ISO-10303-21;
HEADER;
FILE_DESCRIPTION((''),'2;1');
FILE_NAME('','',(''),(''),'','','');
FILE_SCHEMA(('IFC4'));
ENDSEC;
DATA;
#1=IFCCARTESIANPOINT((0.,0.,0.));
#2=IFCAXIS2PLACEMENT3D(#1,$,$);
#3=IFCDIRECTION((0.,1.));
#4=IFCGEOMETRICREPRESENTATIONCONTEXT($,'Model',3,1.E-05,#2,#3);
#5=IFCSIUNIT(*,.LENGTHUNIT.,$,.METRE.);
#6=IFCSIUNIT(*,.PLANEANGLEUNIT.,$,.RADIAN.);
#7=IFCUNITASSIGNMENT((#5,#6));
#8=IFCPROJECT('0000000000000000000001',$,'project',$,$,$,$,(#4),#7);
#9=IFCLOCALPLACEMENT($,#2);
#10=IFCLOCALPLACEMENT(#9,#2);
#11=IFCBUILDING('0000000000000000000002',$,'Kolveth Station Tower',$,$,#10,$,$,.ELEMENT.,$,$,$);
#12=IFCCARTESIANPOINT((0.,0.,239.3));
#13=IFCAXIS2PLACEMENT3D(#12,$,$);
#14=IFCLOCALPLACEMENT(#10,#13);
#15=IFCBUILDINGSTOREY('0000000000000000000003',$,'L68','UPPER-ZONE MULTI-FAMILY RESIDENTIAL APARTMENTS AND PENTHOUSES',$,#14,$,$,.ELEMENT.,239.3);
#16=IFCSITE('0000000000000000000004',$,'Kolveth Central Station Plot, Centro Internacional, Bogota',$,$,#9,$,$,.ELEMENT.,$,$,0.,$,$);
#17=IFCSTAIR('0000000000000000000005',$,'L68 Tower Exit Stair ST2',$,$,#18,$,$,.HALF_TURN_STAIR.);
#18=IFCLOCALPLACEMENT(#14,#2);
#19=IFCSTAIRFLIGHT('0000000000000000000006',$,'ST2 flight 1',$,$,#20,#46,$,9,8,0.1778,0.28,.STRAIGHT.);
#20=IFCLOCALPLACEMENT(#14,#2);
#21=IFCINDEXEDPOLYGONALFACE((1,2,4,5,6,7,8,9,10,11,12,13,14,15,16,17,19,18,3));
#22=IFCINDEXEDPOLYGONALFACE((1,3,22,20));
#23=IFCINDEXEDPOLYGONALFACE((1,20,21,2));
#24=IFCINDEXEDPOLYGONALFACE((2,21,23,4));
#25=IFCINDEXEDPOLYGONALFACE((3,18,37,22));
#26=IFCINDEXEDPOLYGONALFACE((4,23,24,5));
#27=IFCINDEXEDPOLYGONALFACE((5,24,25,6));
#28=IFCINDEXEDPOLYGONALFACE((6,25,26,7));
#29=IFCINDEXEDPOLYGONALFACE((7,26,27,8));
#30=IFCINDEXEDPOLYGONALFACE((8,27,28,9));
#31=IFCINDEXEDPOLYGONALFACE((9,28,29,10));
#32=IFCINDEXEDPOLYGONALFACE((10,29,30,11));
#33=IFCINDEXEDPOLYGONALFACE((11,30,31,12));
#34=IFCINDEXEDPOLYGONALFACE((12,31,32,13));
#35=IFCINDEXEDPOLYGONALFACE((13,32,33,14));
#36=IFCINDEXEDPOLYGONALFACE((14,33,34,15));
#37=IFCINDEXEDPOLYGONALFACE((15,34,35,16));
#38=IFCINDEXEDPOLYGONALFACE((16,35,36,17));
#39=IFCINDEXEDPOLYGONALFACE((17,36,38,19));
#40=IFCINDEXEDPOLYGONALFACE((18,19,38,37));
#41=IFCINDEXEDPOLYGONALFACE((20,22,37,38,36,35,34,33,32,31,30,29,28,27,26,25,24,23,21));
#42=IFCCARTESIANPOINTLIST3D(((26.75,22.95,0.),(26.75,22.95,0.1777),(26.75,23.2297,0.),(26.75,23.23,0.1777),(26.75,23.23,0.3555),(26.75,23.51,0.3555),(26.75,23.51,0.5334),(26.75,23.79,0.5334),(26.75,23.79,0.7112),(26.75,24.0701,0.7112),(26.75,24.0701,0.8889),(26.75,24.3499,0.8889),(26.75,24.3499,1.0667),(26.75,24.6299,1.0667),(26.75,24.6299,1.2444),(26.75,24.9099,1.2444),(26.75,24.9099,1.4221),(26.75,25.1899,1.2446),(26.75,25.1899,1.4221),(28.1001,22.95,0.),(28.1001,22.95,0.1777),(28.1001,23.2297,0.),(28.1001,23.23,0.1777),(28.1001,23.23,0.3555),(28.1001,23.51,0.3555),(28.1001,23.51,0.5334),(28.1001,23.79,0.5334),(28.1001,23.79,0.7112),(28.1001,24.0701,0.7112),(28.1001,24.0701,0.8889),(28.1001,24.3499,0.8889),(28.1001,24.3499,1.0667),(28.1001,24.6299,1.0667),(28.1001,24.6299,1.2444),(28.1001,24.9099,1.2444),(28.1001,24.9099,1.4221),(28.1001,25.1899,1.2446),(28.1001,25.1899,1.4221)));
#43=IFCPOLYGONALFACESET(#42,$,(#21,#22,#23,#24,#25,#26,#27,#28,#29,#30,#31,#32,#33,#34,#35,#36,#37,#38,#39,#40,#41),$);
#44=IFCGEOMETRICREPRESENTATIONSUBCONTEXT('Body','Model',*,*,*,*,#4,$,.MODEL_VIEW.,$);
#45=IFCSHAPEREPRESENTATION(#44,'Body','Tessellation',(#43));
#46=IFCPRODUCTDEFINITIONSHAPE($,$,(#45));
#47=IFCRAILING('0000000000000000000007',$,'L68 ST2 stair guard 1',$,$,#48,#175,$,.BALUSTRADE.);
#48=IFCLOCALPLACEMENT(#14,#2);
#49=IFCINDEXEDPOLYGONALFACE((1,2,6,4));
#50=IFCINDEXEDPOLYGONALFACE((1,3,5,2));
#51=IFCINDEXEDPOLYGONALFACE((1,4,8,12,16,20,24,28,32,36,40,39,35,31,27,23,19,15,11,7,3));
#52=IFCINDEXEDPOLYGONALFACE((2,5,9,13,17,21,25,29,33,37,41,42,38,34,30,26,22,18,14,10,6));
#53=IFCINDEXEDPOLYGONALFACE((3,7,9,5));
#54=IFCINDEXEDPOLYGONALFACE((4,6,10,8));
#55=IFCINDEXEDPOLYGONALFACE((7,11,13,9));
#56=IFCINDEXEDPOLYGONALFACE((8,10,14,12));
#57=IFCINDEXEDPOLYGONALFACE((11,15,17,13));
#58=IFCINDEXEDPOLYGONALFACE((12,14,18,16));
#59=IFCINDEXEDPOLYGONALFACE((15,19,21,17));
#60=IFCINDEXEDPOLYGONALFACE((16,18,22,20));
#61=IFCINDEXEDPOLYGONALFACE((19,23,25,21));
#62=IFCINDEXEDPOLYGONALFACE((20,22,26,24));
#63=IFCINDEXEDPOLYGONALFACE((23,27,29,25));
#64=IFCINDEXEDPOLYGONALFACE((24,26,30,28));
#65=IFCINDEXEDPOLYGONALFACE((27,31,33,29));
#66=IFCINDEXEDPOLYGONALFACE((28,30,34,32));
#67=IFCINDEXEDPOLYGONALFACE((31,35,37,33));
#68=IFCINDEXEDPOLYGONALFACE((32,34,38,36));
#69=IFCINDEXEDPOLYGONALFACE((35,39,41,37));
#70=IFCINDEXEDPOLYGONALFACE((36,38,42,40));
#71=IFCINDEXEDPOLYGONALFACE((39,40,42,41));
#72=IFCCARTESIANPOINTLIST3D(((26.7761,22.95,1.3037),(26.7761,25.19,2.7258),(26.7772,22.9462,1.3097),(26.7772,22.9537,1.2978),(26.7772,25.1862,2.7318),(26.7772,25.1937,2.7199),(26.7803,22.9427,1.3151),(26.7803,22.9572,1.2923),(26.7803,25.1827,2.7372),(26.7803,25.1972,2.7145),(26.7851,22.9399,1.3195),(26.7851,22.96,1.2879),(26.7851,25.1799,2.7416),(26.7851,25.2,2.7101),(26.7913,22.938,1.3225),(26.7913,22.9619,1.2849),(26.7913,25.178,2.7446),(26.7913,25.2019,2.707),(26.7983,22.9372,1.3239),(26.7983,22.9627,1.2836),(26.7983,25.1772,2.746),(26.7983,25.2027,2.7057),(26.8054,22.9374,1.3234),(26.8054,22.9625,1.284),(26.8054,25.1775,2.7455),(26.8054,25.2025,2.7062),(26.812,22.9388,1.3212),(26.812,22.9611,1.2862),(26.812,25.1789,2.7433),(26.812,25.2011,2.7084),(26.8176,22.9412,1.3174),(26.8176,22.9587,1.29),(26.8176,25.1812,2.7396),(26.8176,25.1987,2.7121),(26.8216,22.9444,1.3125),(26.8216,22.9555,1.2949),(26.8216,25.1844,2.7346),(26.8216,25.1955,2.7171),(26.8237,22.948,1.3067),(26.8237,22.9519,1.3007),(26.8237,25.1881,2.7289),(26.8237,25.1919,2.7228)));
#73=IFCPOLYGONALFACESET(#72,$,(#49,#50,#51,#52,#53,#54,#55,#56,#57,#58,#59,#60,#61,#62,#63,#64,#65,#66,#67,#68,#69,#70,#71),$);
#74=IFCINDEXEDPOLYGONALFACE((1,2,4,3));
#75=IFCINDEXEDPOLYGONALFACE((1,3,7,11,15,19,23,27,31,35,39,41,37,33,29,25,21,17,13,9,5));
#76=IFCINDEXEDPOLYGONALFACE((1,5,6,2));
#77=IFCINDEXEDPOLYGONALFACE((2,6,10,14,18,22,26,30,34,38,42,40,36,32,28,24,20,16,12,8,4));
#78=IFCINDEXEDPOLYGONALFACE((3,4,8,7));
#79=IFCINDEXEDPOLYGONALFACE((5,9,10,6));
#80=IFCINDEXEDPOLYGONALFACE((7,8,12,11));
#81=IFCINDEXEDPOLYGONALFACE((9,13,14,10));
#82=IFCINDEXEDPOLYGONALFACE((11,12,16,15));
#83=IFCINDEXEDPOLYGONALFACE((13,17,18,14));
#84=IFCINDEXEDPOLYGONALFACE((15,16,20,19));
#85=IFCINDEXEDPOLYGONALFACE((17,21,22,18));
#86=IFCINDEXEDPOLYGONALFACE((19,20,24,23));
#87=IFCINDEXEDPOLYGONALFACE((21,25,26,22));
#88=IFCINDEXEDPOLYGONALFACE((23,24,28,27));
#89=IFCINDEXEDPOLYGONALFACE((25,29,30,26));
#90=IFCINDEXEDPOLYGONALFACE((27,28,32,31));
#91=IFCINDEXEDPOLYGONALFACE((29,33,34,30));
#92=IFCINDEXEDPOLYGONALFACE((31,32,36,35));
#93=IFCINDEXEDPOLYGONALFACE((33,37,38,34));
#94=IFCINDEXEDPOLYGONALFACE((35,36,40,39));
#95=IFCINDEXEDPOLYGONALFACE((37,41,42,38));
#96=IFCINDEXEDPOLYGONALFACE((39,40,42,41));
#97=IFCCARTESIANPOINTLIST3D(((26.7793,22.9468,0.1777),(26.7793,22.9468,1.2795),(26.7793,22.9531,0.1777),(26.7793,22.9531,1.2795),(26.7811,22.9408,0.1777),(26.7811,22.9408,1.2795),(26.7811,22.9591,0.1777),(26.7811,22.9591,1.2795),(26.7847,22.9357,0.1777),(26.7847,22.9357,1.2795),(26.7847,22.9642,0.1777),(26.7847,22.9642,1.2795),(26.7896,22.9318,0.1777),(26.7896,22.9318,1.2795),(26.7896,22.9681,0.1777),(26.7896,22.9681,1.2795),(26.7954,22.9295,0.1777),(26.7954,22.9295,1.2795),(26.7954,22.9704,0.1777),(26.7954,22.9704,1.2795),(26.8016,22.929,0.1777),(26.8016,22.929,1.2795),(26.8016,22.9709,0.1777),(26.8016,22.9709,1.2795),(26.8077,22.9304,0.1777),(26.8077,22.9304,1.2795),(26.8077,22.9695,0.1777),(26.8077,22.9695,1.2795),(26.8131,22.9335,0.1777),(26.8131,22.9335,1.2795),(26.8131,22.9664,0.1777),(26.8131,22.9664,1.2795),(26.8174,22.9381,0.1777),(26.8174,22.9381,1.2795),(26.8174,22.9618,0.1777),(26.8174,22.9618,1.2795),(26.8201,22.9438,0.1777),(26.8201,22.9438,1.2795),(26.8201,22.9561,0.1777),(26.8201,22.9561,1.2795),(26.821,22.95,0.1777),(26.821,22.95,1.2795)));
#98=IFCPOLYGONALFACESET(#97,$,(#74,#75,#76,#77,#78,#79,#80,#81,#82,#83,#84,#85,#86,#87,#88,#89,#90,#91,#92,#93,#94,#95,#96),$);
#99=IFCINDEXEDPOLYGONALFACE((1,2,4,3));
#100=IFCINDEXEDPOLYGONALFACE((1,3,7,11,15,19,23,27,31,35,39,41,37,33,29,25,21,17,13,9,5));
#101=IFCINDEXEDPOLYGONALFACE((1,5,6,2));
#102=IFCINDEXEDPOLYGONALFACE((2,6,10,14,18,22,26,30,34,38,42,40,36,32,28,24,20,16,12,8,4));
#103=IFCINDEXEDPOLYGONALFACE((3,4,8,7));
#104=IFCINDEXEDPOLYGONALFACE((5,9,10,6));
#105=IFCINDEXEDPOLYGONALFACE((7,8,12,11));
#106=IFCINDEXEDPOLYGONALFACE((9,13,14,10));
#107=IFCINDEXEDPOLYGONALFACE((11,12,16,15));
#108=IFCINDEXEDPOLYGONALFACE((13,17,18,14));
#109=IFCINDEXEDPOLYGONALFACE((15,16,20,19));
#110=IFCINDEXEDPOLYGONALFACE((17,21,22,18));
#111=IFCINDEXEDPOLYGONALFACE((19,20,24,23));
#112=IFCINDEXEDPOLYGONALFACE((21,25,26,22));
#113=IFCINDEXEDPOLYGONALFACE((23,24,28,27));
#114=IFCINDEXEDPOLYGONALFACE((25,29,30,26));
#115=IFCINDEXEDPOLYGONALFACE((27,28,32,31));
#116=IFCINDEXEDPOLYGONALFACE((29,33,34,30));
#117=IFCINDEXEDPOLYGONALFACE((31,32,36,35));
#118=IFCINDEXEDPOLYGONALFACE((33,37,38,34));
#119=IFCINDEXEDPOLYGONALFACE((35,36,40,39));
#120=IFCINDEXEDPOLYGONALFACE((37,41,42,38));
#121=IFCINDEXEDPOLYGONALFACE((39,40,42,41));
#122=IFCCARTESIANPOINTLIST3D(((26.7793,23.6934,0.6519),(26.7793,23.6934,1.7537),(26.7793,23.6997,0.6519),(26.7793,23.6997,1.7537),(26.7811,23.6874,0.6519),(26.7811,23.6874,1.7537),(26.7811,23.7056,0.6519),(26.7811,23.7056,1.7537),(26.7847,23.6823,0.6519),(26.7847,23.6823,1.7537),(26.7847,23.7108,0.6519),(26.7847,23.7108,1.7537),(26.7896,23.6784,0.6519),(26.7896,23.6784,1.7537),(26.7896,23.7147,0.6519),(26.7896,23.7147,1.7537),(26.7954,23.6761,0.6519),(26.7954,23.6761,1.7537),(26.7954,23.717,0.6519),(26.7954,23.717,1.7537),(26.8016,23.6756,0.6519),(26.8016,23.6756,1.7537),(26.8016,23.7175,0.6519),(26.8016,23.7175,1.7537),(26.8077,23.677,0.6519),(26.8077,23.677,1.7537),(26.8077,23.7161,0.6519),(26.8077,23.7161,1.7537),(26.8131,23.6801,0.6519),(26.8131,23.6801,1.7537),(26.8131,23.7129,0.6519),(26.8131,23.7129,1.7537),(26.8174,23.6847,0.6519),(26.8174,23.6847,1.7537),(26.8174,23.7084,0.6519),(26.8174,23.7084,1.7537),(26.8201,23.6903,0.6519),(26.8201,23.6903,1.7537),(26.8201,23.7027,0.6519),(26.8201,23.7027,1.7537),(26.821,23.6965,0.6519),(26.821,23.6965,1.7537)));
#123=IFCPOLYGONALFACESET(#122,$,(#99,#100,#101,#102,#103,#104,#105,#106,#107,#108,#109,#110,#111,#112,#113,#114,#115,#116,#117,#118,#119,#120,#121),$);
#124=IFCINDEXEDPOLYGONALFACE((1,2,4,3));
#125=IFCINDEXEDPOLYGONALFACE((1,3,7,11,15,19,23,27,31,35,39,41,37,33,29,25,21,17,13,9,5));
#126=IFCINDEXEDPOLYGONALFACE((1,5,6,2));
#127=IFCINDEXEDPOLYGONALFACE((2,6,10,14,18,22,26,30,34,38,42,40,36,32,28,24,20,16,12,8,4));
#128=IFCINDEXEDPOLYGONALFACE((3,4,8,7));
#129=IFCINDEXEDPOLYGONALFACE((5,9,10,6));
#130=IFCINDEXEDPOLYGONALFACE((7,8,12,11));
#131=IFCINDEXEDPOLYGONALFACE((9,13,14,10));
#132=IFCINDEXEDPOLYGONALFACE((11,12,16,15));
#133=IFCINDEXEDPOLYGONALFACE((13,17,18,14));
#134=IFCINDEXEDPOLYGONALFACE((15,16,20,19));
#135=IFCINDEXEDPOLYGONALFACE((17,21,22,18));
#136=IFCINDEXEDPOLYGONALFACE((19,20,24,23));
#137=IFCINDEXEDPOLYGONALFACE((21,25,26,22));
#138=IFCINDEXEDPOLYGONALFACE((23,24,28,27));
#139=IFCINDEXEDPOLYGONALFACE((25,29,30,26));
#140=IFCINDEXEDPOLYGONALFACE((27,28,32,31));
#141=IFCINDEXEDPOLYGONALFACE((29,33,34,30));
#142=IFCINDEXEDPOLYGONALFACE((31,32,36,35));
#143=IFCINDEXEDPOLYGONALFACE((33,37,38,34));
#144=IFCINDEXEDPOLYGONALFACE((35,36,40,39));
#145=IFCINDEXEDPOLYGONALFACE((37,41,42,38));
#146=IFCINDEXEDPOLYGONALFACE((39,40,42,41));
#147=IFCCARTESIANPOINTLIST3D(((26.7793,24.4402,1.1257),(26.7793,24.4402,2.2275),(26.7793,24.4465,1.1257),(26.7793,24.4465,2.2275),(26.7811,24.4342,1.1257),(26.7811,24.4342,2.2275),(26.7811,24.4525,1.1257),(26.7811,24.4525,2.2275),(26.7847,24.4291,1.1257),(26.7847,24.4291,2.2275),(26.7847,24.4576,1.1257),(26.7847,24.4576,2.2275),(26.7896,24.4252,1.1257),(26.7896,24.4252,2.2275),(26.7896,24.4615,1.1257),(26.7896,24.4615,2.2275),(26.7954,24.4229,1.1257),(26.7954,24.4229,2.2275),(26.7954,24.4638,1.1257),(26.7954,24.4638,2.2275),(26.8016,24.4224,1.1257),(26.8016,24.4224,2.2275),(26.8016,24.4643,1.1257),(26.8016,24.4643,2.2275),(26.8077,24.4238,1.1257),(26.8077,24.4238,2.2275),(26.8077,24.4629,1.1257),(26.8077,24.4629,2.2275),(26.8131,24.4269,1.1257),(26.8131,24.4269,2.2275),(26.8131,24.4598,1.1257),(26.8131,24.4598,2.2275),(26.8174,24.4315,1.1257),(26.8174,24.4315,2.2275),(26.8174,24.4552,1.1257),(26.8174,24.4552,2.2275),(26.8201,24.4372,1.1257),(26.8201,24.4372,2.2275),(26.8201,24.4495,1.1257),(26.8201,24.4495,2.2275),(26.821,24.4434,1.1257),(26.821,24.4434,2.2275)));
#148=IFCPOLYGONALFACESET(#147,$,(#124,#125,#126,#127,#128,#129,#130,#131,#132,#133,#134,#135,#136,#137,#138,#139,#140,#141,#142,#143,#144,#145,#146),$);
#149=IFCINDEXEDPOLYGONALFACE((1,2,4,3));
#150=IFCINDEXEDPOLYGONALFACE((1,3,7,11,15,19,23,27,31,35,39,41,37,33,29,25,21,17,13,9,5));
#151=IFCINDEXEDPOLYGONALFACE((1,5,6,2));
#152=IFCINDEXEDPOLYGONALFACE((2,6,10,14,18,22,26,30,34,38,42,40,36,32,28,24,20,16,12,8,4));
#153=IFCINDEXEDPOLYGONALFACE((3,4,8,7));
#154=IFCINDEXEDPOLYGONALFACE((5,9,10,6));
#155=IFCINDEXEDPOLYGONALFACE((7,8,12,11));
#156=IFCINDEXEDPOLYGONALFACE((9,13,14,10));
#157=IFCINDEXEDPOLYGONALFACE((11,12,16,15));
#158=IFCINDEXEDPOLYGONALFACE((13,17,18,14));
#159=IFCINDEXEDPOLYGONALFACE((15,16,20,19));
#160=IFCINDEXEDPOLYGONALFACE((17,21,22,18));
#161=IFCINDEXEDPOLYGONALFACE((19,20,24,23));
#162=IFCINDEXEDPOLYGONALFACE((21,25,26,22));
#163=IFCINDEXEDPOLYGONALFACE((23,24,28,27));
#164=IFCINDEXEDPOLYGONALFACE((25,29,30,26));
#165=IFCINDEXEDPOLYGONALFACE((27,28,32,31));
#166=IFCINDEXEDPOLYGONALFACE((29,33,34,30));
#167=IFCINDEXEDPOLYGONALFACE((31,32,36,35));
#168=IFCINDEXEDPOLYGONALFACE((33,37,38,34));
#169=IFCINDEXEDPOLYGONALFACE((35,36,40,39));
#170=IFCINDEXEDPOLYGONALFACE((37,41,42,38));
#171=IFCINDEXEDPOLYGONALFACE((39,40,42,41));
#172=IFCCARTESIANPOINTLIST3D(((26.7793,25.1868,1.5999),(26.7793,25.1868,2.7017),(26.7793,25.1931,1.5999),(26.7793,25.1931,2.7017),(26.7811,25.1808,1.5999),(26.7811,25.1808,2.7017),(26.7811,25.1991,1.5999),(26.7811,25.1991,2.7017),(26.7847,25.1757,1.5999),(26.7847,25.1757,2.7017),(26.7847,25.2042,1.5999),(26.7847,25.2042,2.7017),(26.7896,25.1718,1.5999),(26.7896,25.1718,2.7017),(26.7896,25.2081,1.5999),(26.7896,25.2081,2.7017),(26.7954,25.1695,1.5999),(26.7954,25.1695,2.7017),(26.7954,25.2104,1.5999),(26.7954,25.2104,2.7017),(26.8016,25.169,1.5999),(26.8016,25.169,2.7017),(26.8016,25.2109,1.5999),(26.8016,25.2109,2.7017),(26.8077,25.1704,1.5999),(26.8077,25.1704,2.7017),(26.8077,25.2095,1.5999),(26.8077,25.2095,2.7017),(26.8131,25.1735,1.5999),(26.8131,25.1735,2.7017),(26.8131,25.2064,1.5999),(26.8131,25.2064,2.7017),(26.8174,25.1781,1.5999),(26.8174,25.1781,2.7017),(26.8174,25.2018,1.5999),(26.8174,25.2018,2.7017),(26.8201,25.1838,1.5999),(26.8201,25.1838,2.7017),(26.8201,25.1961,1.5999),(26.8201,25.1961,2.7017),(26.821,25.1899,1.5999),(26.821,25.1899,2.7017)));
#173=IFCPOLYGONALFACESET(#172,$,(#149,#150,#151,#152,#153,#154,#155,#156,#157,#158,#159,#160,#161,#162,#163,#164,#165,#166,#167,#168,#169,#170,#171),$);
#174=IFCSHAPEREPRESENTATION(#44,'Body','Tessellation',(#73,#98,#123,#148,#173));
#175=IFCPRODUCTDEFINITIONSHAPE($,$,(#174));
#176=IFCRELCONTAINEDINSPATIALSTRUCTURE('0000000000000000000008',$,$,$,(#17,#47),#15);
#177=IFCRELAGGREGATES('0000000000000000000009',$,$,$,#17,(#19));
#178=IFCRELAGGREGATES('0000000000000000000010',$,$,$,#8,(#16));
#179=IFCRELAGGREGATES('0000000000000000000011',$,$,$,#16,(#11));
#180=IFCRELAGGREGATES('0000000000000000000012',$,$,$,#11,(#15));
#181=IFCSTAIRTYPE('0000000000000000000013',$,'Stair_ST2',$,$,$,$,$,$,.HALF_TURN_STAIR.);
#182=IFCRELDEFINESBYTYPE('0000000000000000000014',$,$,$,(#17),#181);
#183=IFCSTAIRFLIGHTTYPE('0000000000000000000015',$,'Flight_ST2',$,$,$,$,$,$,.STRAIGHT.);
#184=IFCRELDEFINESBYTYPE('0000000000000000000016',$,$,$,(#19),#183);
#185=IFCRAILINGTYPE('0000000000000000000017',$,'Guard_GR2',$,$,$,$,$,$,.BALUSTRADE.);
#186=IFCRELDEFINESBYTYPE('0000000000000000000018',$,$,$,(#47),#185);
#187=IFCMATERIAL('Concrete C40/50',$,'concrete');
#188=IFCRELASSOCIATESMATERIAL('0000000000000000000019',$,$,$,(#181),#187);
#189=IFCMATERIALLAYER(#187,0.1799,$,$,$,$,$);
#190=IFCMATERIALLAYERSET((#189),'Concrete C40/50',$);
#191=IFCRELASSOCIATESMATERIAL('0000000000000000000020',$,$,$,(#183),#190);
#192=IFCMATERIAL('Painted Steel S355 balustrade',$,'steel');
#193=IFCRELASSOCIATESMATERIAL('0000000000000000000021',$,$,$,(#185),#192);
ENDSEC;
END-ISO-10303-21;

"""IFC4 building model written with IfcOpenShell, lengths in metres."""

from ifc_helpers import new_model, si_unit, direction, frame, origin, origin_2d, place, context, subcontext, project, spatial, polyline, circle, outline, extrude, material, layer, layer_set, type_object, element, aggregate, save


model = new_model("IFC4")

# Units and contexts
model_context = context("Model", 3, precision=1e-05, world=origin(), true_north=direction((0.0, 1.0)))
body_context = subcontext(model_context, "Body", "Model", "MODEL_VIEW")
ifc_project = project(units=[si_unit("LENGTHUNIT", "METRE"), si_unit("PLANEANGLEUNIT", "RADIAN")], contexts=[model_context])

# Site, building, storey
site_placement = place(None, origin())
site = spatial("IfcSite", under=ifc_project, at=site_placement, Name="Kolveth Central Station Plot, Centro Internacional, Bogota", CompositionType="ELEMENT", RefElevation=0.0)
building_placement = place(site_placement, origin())
building = spatial("IfcBuilding", under=site, at=building_placement, Name="Kolveth Station Tower", CompositionType="ELEMENT")
storey_placement = place(building_placement, frame((0.0, 0.0, 239.3)))
storey = spatial("IfcBuildingStorey", under=building, at=storey_placement, Name="L68", Description="UPPER-ZONE MULTI-FAMILY RESIDENTIAL APARTMENTS AND PENTHOUSES", CompositionType="ELEMENT", Elevation=239.3)

# Shared definitions
ifc_material_1 = material(Name="Concrete C40/50", Category="concrete")

# Stair, stair flight
stair_type = type_object("IfcStairType", Name="Stair_ST2", PredefinedType="HALF_TURN_STAIR", material=ifc_material_1)
stair_placement = place(storey_placement, origin())
stair = element("IfcStair", 1, at=stair_placement, inside=storey, type_object=stair_type, Name="L68 Tower Exit Stair ST2", PredefinedType="HALF_TURN_STAIR")
ifc_layer_1 = layer(ifc_material_1, 0.1799)
ifc_layer_set_1 = layer_set([ifc_layer_1], Name="Concrete C40/50")
stair_flight_type = type_object("IfcStairFlightType", Name="Flight_ST2", PredefinedType="STRAIGHT", material=ifc_layer_set_1)
stair_flight_placement = place(storey_placement, frame((27.425, 22.95, 0.0), z_axis=(0.0, 0.0, 1.0), x_axis=(0.0, 1.0, 0.0)))
stair_flight = element("IfcStairFlight", 2, at=stair_flight_placement, type_object=stair_flight_type, Name="ST2 flight 1", NumberOfRisers=9, NumberOfTreads=8, PredefinedType="STRAIGHT", RiserHeight=0.1778, TreadLength=0.28, context=body_context, shape_type="SweptSolid", body=[
    extrude(outline(polyline([(0.0, 0.0), (0.0, 0.1777), (0.28, 0.1777), (0.28, 0.3555), (0.5601, 0.3555), (0.5601, 0.5334), (0.8401, 0.5334), (0.8401, 0.7112), (1.1201, 0.7112), (1.1201, 0.8889), (1.3999, 0.8889), (1.3999, 1.0667), (1.6799, 1.0667), (1.6799, 1.2444), (1.96, 1.2444), (1.96, 1.4221), (2.24, 1.4221), (2.24, 1.6001), (2.24, 1.2446), (0.2798, 0.0), (0.0, 0.0)])), frame((0.0, 0.675, 0.0), z_axis=(0.0, -1.0, 0.0), x_axis=(1.0, 0.0, 0.0)), (0.0, 0.0, 1.0), 1.3501),
])
aggregate(stair, [stair_flight])

# Railing
ifc_material_2 = material(Name="Painted Steel S355 balustrade", Category="steel")
railing_type_1 = type_object("IfcRailingType", Name="Guard_GR2", PredefinedType="BALUSTRADE", material=ifc_material_2)
railing_1_placement = place(storey_placement, frame((26.8, 22.95, 0.1777)))
element("IfcRailing", 3, at=railing_1_placement, inside=storey, type_object=railing_type_1, Name="L68 ST2 stair guard 1", PredefinedType="BALUSTRADE", context=body_context, shape_type="SweptSolid", body=[
    extrude(circle(Radius=0.0239, at=origin_2d()), frame((0.0, 0.0, 1.126), z_axis=(0.0, 0.844229, 0.535982), x_axis=(-1.0, 0.0, 0.0)), (0.0, 0.0, 1.0), 2.6533),
    extrude(circle(Radius=0.021, at=origin_2d()), origin(), (0.0, 0.0, 1.0), 1.1018),
    extrude(circle(Radius=0.021, at=origin_2d()), frame((0.0, 0.7466, 0.4741)), (0.0, 0.0, 1.0), 1.1018),
    extrude(circle(Radius=0.021, at=origin_2d()), frame((0.0, 1.4934, 0.948)), (0.0, 0.0, 1.0), 1.1018),
    extrude(circle(Radius=0.021, at=origin_2d()), frame((0.0, 2.24, 1.4221)), (0.0, 0.0, 1.0), 1.1018),
])

save(model, "model.ifc")
